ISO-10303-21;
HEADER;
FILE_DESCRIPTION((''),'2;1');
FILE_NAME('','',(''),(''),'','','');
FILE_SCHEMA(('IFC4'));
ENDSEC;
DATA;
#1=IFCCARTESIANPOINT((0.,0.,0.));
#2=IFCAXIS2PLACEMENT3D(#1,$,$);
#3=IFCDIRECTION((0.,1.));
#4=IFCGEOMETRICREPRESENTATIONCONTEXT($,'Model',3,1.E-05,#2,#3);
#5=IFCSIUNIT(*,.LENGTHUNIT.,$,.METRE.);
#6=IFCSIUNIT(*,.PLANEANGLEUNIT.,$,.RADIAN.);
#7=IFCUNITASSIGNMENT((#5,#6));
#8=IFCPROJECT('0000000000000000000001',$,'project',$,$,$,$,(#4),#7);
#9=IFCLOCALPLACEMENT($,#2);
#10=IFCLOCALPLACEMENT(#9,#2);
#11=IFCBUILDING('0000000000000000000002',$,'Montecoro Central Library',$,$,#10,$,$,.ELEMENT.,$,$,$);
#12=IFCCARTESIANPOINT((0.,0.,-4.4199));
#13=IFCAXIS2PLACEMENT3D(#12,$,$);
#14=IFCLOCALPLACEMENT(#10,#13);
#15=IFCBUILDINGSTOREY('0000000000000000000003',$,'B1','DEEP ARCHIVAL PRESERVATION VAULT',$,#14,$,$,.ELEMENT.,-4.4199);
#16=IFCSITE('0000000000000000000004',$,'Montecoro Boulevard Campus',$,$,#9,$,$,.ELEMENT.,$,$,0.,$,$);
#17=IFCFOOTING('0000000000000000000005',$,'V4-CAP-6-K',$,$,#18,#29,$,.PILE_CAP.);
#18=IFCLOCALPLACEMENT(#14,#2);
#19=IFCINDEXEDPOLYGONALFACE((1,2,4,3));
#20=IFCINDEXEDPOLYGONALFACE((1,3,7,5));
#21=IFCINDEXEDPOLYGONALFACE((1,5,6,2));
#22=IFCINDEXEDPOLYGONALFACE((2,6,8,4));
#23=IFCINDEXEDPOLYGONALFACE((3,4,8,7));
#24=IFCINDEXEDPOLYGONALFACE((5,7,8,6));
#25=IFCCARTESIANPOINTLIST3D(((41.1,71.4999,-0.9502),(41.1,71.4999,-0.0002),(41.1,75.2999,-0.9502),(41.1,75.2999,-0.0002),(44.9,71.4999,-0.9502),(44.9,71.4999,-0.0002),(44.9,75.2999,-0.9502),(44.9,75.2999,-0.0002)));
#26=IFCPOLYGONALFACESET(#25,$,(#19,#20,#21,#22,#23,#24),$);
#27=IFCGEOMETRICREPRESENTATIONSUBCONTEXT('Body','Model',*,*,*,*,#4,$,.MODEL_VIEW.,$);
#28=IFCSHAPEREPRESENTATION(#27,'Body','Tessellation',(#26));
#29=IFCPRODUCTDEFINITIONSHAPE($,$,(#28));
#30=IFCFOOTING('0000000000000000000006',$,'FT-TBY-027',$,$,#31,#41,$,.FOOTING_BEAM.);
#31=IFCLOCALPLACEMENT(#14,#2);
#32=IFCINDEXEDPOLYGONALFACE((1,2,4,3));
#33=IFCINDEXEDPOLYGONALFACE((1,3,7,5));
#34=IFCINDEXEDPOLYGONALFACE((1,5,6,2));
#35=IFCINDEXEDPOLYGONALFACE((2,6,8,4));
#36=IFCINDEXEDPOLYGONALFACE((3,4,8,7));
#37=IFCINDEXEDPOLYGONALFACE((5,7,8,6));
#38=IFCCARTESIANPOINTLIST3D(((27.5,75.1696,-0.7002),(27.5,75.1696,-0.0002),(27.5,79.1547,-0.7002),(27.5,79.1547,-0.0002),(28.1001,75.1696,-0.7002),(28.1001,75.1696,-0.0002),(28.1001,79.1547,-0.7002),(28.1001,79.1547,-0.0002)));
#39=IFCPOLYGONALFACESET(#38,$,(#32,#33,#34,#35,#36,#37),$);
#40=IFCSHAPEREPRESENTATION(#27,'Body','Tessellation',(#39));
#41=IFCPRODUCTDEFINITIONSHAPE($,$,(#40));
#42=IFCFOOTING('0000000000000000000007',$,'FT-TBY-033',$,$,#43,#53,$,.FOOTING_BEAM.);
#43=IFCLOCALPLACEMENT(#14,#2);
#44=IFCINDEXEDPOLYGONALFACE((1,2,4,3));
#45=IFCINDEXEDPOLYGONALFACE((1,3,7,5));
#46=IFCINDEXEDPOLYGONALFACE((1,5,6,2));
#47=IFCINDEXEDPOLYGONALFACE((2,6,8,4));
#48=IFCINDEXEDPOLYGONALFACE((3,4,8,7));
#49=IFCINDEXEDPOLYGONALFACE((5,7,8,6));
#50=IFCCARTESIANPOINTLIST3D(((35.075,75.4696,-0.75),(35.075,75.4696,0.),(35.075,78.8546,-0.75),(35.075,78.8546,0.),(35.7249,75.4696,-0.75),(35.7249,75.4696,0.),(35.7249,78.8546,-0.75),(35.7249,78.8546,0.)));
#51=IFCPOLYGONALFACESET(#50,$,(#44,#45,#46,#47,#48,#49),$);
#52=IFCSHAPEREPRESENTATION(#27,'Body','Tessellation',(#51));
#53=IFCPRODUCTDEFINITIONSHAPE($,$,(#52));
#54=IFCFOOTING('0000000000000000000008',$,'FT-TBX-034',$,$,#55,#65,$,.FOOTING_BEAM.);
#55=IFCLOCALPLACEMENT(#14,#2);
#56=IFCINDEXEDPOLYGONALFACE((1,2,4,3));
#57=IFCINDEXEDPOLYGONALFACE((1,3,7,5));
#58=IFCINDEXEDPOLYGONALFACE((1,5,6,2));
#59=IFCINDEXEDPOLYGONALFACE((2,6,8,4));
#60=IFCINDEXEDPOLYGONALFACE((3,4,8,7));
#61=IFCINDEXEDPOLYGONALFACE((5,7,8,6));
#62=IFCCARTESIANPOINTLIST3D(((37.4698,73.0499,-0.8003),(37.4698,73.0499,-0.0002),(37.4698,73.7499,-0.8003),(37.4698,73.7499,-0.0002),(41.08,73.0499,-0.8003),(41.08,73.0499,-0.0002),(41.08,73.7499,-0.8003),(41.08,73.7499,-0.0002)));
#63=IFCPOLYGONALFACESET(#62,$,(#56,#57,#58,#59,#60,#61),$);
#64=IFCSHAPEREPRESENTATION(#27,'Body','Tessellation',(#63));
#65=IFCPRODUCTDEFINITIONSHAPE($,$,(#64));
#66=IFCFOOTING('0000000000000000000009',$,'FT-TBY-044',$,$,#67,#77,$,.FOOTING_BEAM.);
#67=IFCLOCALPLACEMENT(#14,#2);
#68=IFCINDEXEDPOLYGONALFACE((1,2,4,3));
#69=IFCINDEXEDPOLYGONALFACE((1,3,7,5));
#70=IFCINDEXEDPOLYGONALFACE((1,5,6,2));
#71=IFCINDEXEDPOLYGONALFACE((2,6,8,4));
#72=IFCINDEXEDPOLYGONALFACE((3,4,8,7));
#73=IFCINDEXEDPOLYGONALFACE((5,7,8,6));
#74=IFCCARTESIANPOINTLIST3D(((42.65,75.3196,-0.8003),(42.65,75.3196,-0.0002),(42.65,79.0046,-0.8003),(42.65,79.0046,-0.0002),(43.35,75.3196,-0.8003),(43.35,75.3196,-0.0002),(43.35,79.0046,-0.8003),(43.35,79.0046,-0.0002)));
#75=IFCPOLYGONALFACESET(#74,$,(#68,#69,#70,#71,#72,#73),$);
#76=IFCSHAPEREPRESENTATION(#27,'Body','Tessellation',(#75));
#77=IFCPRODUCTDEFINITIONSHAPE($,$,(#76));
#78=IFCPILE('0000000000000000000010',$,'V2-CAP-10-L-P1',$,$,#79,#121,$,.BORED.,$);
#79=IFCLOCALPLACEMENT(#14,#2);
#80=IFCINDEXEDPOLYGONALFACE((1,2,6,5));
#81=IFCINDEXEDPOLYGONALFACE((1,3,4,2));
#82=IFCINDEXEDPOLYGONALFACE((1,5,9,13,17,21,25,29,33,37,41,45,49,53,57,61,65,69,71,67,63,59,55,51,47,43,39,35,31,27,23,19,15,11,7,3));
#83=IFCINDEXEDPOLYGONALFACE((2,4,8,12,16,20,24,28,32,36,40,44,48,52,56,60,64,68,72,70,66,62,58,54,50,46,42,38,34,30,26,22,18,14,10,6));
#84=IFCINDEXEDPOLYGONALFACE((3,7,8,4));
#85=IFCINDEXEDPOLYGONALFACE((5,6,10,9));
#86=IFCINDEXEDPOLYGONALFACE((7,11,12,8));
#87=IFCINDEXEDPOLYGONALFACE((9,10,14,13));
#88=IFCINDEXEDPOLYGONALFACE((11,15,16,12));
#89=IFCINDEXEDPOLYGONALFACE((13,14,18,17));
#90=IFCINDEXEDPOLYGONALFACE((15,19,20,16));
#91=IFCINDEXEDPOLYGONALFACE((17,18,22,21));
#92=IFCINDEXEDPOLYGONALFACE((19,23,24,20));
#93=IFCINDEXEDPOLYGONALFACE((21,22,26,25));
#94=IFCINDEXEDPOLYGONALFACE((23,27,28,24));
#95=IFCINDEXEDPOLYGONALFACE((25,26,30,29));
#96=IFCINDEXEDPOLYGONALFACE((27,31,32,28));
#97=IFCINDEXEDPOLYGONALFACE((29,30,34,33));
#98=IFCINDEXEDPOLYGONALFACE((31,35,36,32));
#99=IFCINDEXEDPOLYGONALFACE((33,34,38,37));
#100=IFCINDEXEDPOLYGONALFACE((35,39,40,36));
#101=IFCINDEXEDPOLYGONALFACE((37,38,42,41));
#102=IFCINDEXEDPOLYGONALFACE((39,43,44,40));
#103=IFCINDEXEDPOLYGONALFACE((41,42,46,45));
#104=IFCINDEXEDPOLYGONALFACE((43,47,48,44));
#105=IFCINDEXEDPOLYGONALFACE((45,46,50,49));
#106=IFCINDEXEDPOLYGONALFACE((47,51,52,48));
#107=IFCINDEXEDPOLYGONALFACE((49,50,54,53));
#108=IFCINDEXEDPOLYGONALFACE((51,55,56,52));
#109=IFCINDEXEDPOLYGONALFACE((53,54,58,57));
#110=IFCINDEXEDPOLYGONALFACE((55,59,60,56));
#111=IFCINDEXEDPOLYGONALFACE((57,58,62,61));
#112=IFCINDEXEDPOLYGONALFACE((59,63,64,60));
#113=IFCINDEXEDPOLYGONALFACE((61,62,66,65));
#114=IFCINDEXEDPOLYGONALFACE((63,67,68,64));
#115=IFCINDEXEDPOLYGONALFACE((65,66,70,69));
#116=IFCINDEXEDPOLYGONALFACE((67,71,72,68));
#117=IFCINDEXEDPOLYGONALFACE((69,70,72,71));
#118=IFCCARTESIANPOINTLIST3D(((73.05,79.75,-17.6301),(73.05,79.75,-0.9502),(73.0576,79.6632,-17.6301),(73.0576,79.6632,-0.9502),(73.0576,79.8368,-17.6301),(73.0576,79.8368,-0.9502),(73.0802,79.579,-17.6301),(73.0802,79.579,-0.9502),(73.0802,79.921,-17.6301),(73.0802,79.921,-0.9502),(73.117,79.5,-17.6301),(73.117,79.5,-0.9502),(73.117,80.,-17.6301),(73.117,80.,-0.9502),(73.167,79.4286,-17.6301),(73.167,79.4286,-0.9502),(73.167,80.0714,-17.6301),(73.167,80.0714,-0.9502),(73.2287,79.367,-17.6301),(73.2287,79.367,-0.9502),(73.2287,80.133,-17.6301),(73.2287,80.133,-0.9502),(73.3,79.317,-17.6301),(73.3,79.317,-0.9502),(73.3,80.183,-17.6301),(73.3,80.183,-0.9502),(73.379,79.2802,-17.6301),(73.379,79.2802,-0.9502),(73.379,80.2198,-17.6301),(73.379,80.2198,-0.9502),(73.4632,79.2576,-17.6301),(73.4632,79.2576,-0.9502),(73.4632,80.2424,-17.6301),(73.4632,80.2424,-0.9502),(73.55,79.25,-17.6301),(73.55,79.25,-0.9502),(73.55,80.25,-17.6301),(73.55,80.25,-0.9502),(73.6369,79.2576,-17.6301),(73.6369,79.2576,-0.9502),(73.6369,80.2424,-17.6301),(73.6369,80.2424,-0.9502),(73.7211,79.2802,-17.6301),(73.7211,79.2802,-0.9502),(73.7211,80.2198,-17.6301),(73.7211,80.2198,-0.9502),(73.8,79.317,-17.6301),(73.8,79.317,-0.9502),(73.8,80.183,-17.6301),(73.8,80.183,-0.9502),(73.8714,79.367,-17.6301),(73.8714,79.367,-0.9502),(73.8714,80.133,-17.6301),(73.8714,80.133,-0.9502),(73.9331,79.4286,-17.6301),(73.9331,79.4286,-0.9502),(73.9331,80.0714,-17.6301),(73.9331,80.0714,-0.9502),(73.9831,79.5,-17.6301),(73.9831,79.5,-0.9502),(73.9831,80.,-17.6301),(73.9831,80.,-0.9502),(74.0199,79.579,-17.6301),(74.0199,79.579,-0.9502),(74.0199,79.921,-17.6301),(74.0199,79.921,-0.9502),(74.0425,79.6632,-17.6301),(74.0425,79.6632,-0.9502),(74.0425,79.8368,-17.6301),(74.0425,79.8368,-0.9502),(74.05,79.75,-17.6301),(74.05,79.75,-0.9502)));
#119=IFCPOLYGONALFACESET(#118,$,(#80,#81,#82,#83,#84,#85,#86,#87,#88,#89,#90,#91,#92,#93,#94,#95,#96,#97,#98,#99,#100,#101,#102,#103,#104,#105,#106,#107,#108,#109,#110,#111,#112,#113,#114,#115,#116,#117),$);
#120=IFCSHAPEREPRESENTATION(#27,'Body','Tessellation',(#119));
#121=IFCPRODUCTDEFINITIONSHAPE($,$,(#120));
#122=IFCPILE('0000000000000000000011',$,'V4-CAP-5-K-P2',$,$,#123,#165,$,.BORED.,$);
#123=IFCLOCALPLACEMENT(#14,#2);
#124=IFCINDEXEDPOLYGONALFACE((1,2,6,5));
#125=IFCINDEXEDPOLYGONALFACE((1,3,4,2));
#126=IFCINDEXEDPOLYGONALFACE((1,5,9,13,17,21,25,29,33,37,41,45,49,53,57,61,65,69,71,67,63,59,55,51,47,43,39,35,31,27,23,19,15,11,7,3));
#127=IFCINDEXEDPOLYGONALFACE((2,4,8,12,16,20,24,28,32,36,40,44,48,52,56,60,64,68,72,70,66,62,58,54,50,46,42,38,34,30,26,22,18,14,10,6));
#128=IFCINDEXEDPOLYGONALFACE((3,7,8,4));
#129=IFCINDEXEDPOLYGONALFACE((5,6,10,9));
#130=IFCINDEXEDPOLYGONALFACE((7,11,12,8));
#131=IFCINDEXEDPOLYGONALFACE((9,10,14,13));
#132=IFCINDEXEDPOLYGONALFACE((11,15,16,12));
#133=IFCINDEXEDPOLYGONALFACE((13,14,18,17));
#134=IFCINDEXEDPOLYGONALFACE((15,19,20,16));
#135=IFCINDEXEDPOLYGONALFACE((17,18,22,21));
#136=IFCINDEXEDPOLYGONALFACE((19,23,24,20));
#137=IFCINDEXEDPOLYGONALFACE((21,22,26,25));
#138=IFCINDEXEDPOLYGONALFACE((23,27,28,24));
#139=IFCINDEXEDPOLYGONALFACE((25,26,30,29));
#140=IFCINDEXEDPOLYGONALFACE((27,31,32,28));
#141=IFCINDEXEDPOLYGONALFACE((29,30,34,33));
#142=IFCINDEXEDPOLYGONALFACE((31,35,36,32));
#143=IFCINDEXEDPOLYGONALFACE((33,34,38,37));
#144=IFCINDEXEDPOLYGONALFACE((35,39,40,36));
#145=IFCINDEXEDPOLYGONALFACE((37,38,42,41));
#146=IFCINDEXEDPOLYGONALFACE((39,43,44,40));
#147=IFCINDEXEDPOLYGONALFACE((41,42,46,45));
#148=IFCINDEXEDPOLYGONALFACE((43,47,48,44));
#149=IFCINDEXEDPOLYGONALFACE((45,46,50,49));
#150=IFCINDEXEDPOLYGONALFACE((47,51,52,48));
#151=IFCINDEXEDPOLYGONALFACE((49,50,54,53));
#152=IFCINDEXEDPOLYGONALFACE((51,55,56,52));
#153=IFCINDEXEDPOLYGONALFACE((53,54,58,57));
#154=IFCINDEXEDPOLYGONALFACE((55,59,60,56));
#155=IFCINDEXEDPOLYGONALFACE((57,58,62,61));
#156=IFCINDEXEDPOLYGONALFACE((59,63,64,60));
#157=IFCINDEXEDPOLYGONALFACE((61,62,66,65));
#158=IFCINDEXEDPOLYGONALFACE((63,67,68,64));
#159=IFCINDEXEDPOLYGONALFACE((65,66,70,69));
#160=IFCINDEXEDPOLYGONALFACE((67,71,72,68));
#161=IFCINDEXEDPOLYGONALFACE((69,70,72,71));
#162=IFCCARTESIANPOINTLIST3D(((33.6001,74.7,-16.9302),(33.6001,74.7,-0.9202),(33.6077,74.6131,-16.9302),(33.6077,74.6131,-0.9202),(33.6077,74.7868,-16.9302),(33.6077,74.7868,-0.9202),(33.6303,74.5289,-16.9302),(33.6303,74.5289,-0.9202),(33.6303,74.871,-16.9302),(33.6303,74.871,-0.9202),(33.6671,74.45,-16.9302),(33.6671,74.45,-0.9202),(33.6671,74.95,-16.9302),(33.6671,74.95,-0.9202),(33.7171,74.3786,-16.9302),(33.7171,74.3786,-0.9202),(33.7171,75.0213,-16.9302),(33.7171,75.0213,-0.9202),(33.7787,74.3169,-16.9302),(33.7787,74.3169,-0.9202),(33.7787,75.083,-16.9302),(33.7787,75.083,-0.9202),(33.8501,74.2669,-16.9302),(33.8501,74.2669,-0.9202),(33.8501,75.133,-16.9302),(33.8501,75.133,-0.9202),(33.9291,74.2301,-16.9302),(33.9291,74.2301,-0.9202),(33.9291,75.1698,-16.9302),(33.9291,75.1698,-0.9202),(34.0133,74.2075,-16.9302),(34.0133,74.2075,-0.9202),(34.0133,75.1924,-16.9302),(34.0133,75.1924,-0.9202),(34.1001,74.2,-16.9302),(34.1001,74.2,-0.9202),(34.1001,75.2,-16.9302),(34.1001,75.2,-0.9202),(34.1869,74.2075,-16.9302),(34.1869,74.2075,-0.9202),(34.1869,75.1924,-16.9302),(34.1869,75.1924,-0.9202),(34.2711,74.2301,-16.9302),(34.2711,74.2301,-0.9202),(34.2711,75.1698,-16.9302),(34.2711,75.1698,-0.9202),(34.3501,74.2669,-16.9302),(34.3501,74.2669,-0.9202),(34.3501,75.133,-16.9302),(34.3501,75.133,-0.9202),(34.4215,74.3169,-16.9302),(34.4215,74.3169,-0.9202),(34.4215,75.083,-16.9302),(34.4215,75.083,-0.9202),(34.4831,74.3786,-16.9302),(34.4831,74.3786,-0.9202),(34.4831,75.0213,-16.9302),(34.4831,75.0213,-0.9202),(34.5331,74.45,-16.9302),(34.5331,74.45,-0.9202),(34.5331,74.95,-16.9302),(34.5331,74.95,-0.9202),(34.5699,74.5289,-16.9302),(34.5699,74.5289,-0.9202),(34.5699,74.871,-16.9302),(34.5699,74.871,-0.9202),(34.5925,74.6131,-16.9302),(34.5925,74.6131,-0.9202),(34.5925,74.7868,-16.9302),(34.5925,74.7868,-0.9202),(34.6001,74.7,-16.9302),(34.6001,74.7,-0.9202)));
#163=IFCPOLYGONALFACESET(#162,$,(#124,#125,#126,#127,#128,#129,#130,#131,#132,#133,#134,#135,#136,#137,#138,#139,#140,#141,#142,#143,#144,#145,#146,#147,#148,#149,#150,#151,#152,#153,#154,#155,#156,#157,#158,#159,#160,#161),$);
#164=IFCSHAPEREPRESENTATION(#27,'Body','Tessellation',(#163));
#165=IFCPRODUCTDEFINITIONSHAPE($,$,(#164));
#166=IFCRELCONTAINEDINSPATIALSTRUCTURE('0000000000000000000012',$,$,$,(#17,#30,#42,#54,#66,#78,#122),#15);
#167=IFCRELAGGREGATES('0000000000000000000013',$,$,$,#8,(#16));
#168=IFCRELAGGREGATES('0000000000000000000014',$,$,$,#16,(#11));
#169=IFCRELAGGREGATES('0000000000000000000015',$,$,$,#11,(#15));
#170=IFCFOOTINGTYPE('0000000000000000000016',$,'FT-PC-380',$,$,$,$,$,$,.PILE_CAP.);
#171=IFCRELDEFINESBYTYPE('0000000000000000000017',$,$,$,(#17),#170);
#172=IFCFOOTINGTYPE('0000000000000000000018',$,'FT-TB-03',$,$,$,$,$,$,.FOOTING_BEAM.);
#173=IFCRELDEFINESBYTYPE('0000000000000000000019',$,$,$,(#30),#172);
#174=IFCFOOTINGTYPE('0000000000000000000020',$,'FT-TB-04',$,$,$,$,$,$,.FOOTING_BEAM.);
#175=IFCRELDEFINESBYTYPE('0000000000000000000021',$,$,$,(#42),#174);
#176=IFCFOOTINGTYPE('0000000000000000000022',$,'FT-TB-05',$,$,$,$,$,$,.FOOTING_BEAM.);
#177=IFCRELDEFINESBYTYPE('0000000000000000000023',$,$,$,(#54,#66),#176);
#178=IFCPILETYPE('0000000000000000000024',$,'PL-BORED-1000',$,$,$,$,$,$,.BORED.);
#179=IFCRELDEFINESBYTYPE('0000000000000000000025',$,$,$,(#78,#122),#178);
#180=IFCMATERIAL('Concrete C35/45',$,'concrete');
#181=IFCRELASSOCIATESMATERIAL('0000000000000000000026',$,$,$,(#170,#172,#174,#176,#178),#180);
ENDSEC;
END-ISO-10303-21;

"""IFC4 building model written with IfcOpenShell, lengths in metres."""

from ifc_helpers import new_model, si_unit, direction, frame, origin, origin_2d, place, context, subcontext, project, spatial, rectangle, circle, extrude, material, material_profile, profile_set, type_object, element, save


model = new_model("IFC4")

# Units and contexts
model_context = context("Model", 3, precision=1e-05, world=origin(), true_north=direction((0.0, 1.0)))
body_context = subcontext(model_context, "Body", "Model", "MODEL_VIEW")
ifc_project = project(units=[si_unit("LENGTHUNIT", "METRE"), si_unit("PLANEANGLEUNIT", "RADIAN")], contexts=[model_context])

# Site, building, storey
site_placement = place(None, origin())
site = spatial("IfcSite", under=ifc_project, at=site_placement, Name="Montecoro Boulevard Campus", CompositionType="ELEMENT", RefElevation=0.0)
building_placement = place(site_placement, origin())
building = spatial("IfcBuilding", under=site, at=building_placement, Name="Montecoro Central Library", CompositionType="ELEMENT")
storey_placement = place(building_placement, frame((0.0, 0.0, -4.4199)))
storey = spatial("IfcBuildingStorey", under=building, at=storey_placement, Name="B1", Description="DEEP ARCHIVAL PRESERVATION VAULT", CompositionType="ELEMENT", Elevation=-4.4199)

# Footings
ifc_material_1 = material(Name="Concrete C35/45", Category="concrete")
footing_type_1 = type_object("IfcFootingType", Name="FT-PC-380", PredefinedType="PILE_CAP", material=ifc_material_1)
footing_1_placement = place(storey_placement, frame((43.0, 73.3999, -0.9502), z_axis=(0.0, 0.0, 1.0), x_axis=(1.0, 0.0, 0.0)))
element("IfcFooting", 1, at=footing_1_placement, inside=storey, type_object=footing_type_1, Name="V4-CAP-6-K", PredefinedType="PILE_CAP", context=body_context, shape_type="SweptSolid", body=[
    extrude(rectangle(XDim=3.8, YDim=3.8, at=origin_2d()), origin(), (0.0, 0.0, 1.0), 0.95),
])
footing_type_2 = type_object("IfcFootingType", Name="FT-TB-03", PredefinedType="FOOTING_BEAM", material=ifc_material_1)
footing_2_placement = place(storey_placement, frame((27.8, 77.1621, -0.7002), z_axis=(0.0, 0.0, 1.0), x_axis=(1.0, 0.0, 0.0)))
element("IfcFooting", 2, at=footing_2_placement, inside=storey, type_object=footing_type_2, Name="FT-TBY-027", PredefinedType="FOOTING_BEAM", context=body_context, shape_type="SweptSolid", body=[
    extrude(rectangle(XDim=0.6001, YDim=3.9851, at=origin_2d()), origin(), (0.0, 0.0, 1.0), 0.7),
])
footing_type_3 = type_object("IfcFootingType", Name="FT-TB-04", PredefinedType="FOOTING_BEAM", material=ifc_material_1)
footing_3_placement = place(storey_placement, frame((35.3999, 77.1621, -0.75), z_axis=(0.0, 0.0, 1.0), x_axis=(1.0, 0.0, 0.0)))
element("IfcFooting", 3, at=footing_3_placement, inside=storey, type_object=footing_type_3, Name="FT-TBY-033", PredefinedType="FOOTING_BEAM", context=body_context, shape_type="SweptSolid", body=[
    extrude(rectangle(XDim=0.6499, YDim=3.385, at=origin_2d()), origin(), (0.0, 0.0, 1.0), 0.75),
])
footing_type_4 = type_object("IfcFootingType", Name="FT-TB-05", PredefinedType="FOOTING_BEAM", material=ifc_material_1)
footing_4_placement = place(storey_placement, frame((39.2749, 73.3999, -0.8003), z_axis=(0.0, 0.0, 1.0), x_axis=(1.0, 0.0, 0.0)))
element("IfcFooting", 4, at=footing_4_placement, inside=storey, type_object=footing_type_4, Name="FT-TBX-034", PredefinedType="FOOTING_BEAM", context=body_context, shape_type="SweptSolid", body=[
    extrude(rectangle(XDim=3.6101, YDim=0.7, at=origin_2d()), origin(), (0.0, 0.0, 1.0), 0.8),
])
footing_5_placement = place(storey_placement, frame((43.0, 77.1621, -0.8003), z_axis=(0.0, 0.0, 1.0), x_axis=(1.0, 0.0, 0.0)))
element("IfcFooting", 5, at=footing_5_placement, inside=storey, type_object=footing_type_4, Name="FT-TBY-044", PredefinedType="FOOTING_BEAM", context=body_context, shape_type="SweptSolid", body=[
    extrude(rectangle(XDim=0.7, YDim=3.6851, at=origin_2d()), origin(), (0.0, 0.0, 1.0), 0.8),
])

# Piles
ifc_material_profile_1 = material_profile(ifc_material_1, circle(Radius=0.5, at=origin_2d()), Name="PILE D1000")
ifc_profile_set_1 = profile_set([ifc_material_profile_1], Name="Concrete C35/45")
pile_type_1 = type_object("IfcPileType", Name="PL-BORED-1000", PredefinedType="BORED", material=ifc_profile_set_1)
pile_1_placement = place(storey_placement, frame((73.55, 79.75, -0.9502), z_axis=(0.0, 0.0, -1.0), x_axis=(1.0, 0.0, 0.0)))
element("IfcPile", 6, at=pile_1_placement, inside=storey, type_object=pile_type_1, Name="V2-CAP-10-L-P1", PredefinedType="BORED", context=body_context, shape_type="SweptSolid", body=[
    extrude(circle(Radius=0.5, at=origin_2d()), origin(), (0.0, 0.0, 1.0), 16.6799),
])
for number, where, z_axis, x_axis, name in (
    (7, (34.1001, 74.7, -0.9202), (0.0, 0.0, -1.0), (1.0, 0.0, 0.0), "V4-CAP-5-K-P2"),
):
    element("IfcPile", number, at=place(storey_placement, frame(where, z_axis=z_axis, x_axis=x_axis)), inside=storey, type_object=pile_type_1, Name=name, PredefinedType="BORED", context=body_context, shape_type="SweptSolid", body=[
        extrude(circle(Radius=0.5, at=origin_2d()), origin(), (0.0, 0.0, 1.0), 16.01),
    ])

save(model, "model.ifc")
